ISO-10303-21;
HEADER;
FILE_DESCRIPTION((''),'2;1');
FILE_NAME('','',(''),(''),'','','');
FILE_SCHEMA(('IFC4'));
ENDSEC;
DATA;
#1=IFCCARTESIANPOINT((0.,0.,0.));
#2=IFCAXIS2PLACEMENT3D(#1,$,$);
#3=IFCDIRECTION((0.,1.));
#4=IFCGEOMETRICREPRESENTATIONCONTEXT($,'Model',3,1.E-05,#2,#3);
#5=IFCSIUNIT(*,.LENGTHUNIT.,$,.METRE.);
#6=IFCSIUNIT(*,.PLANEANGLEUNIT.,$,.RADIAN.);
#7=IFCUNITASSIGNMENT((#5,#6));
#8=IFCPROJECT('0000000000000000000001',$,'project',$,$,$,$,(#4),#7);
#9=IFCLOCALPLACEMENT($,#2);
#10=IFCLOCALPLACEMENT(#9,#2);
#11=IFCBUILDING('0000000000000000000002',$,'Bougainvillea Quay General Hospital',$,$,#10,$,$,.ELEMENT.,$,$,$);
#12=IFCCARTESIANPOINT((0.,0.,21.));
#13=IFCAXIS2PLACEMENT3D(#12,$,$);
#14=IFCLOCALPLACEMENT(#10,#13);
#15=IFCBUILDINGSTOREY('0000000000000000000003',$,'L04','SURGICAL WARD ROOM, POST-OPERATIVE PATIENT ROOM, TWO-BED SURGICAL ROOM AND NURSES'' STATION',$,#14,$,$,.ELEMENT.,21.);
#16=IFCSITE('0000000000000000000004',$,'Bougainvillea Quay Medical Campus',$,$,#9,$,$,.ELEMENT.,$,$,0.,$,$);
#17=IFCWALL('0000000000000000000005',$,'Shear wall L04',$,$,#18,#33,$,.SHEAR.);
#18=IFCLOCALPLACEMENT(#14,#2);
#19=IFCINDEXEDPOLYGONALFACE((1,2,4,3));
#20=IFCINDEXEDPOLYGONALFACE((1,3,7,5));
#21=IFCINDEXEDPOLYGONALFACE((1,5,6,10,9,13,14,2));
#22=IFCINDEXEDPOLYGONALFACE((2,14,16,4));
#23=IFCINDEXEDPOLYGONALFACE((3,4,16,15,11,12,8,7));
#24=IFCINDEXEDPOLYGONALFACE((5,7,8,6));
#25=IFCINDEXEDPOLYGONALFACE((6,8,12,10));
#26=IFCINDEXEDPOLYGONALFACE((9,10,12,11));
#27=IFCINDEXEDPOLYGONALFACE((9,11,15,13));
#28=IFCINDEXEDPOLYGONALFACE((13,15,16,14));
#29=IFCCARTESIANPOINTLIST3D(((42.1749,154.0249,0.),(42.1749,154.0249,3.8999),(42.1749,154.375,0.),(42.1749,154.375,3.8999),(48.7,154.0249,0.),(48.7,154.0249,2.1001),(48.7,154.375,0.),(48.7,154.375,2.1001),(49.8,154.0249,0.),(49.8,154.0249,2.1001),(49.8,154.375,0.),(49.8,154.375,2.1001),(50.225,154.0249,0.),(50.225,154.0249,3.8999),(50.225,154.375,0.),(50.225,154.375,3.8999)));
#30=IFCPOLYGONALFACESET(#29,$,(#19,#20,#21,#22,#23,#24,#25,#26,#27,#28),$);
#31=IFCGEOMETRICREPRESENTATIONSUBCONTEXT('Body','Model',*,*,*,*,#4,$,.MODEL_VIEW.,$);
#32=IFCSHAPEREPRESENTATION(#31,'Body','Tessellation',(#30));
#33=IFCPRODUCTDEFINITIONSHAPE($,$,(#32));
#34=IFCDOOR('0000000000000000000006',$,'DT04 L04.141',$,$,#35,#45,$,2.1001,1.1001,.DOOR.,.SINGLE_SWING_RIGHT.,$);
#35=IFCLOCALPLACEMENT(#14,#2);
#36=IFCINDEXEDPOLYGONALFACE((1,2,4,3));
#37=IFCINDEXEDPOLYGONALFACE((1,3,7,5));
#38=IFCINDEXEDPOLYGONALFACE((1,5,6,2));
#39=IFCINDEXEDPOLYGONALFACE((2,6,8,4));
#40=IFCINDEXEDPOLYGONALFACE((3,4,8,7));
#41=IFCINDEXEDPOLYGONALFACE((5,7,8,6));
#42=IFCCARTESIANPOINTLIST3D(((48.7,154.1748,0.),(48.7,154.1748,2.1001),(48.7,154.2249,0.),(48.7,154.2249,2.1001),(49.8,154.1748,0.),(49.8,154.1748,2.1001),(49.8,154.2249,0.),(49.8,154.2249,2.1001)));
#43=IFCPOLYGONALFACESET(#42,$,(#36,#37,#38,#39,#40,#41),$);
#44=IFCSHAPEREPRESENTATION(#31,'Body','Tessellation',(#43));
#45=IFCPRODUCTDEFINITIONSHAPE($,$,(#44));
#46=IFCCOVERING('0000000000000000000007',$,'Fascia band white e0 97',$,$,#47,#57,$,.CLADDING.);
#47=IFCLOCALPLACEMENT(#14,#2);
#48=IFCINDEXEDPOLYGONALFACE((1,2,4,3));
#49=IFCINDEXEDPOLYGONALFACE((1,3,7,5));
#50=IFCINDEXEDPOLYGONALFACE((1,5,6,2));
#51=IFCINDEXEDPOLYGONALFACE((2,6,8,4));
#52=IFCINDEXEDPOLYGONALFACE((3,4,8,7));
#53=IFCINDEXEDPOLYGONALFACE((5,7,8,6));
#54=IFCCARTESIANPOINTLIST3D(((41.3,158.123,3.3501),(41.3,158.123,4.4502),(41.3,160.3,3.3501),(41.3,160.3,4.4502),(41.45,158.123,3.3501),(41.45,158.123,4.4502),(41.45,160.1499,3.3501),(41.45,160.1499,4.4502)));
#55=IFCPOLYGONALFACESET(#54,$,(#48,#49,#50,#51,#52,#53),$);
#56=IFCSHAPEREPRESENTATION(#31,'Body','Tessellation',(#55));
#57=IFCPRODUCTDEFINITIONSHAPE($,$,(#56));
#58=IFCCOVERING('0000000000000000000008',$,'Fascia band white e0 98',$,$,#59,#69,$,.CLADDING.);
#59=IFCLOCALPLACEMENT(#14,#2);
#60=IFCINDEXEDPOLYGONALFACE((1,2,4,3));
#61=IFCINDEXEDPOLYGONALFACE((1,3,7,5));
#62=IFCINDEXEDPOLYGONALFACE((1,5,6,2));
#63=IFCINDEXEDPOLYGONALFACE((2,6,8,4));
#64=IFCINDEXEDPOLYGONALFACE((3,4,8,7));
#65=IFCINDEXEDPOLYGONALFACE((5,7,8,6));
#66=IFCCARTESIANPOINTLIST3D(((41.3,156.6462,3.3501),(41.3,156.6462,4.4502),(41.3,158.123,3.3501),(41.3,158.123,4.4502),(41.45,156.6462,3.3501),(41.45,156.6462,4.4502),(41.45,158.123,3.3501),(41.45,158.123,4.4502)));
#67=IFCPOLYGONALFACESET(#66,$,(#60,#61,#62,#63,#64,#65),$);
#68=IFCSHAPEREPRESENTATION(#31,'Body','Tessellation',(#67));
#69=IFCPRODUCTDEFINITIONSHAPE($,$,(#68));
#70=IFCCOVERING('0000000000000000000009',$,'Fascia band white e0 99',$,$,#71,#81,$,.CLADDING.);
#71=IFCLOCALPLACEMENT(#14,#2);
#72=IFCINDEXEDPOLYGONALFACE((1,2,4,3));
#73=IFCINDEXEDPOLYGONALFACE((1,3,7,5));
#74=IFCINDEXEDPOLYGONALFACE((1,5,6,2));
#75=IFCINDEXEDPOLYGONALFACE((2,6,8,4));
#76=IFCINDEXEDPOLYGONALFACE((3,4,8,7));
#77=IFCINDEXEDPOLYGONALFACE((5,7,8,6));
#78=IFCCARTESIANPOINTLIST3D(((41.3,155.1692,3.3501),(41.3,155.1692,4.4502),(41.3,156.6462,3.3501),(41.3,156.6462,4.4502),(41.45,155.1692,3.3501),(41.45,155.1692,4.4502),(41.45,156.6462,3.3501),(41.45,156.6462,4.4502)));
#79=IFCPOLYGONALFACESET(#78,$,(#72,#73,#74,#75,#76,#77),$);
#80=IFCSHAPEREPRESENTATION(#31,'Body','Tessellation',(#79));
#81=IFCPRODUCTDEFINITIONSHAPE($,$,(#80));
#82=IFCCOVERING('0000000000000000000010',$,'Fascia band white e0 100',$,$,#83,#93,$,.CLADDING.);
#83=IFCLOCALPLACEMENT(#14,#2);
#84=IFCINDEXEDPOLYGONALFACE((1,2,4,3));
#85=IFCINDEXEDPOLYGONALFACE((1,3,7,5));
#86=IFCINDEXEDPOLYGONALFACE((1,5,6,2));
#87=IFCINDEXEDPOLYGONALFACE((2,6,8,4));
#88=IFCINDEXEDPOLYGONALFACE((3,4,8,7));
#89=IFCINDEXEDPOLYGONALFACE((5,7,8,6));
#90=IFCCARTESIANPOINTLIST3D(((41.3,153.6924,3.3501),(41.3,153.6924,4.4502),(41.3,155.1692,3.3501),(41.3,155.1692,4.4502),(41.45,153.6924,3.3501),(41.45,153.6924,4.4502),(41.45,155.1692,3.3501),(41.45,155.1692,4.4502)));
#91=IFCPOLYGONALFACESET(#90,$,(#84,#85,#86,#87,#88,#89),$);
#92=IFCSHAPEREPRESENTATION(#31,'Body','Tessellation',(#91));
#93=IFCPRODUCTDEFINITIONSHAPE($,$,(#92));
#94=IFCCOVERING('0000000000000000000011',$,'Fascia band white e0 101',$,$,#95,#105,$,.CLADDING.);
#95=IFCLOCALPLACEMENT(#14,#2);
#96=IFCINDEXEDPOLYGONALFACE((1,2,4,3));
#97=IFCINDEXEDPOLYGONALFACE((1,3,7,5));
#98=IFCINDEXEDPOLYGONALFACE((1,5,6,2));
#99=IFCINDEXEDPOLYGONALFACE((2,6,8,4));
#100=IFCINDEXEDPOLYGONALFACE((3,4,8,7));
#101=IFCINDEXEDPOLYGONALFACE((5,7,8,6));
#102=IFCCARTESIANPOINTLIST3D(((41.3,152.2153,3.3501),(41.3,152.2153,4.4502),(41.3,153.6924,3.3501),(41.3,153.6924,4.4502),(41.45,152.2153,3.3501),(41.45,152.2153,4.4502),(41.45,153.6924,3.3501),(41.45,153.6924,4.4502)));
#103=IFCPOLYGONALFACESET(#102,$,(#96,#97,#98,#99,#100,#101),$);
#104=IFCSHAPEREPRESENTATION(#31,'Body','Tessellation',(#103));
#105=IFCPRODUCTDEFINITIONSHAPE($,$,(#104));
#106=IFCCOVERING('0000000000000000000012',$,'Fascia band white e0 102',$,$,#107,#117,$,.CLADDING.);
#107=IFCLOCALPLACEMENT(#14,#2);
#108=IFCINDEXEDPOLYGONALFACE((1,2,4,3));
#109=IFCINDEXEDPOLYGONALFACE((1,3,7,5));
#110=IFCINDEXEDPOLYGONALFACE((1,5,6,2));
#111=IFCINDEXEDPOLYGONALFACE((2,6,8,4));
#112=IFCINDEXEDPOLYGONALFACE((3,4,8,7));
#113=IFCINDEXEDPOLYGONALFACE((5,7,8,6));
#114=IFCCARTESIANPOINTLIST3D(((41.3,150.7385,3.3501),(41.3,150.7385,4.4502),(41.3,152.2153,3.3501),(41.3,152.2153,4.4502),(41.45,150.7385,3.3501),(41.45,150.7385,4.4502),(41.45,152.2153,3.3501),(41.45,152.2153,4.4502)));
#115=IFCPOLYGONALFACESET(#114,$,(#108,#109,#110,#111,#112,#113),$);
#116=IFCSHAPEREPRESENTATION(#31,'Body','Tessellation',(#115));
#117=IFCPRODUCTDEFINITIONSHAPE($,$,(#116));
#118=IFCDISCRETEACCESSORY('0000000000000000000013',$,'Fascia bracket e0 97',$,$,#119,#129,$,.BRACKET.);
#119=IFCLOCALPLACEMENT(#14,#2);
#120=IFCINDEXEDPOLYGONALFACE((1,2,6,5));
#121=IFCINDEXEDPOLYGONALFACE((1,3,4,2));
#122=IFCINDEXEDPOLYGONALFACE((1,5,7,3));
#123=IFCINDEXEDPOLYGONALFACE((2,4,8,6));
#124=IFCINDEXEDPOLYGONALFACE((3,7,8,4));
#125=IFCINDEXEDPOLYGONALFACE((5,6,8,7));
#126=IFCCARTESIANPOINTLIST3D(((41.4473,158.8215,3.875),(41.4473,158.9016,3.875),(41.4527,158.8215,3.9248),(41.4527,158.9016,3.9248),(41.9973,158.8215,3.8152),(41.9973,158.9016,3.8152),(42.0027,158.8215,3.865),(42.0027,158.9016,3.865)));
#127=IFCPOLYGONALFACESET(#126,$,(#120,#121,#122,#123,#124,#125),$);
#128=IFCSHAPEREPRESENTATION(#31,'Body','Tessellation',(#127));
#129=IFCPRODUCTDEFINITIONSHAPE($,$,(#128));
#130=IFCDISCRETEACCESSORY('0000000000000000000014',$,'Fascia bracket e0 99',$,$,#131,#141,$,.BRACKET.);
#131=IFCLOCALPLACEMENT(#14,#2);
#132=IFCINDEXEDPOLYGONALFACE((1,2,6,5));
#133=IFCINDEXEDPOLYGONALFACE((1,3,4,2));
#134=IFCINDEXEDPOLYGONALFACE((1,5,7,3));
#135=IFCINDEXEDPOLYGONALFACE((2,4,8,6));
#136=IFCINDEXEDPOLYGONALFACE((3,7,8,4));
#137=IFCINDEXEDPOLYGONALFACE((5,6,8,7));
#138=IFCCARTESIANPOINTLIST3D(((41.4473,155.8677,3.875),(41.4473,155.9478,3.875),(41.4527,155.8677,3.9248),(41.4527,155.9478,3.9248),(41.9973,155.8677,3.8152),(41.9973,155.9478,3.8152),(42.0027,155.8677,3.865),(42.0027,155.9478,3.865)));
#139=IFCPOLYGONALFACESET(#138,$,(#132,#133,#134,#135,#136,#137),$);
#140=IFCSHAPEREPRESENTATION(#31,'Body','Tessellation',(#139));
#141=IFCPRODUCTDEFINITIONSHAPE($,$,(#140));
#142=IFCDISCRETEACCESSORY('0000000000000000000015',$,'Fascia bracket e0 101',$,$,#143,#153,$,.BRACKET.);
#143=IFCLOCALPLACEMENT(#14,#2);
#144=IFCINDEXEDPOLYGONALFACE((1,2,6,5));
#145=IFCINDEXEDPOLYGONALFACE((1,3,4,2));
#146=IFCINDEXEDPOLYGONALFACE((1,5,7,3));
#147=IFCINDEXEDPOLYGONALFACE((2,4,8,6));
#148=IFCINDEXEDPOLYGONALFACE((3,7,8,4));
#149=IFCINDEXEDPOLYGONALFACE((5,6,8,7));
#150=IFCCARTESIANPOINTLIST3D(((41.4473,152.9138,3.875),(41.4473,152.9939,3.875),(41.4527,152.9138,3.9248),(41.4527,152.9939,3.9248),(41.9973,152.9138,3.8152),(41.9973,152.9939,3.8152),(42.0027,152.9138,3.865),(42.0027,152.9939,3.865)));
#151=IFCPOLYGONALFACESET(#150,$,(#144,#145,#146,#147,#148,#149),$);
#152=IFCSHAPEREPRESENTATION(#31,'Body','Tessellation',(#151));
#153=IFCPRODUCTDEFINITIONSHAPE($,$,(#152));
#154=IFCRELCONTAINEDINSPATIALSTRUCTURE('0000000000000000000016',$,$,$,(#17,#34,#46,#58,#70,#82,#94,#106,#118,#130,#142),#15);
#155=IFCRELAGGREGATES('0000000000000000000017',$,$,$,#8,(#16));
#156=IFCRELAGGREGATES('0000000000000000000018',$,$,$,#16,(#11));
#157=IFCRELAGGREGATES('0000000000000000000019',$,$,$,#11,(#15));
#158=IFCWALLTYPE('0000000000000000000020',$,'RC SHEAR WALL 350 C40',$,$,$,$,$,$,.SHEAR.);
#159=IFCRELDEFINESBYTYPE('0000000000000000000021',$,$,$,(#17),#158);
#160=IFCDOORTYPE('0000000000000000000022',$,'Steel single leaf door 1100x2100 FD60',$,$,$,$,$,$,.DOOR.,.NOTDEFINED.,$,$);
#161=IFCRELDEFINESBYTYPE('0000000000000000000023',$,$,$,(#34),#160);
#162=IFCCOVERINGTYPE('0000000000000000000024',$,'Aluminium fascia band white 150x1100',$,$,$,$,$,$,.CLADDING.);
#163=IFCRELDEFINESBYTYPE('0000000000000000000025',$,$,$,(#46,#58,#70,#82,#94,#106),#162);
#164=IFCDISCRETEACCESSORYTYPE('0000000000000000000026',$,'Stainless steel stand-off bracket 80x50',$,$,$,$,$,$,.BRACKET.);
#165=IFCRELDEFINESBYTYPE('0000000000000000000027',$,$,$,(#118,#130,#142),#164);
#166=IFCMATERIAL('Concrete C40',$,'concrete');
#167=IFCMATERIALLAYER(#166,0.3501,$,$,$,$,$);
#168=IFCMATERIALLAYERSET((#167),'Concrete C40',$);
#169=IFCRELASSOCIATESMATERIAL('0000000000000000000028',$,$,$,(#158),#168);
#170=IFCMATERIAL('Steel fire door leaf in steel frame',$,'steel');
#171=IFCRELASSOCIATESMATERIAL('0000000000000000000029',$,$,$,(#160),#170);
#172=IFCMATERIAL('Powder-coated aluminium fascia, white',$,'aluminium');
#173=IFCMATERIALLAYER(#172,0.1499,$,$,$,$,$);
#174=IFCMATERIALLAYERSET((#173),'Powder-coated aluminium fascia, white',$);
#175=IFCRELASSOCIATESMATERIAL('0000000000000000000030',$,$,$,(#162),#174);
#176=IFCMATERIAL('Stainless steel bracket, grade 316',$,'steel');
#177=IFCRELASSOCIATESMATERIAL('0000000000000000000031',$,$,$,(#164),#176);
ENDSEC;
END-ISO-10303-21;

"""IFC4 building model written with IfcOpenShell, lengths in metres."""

from ifc_helpers import new_model, si_unit, direction, frame, frame_2d, origin, origin_2d, place, context, subcontext, project, spatial, polyline, rectangle, outline, extrude, material, layer, layer_set, material_profile, profile_set, type_object, element, fill, save


model = new_model("IFC4")

# Units and contexts
model_context = context("Model", 3, precision=1e-05, world=origin(), true_north=direction((0.0, 1.0)))
body_context = subcontext(model_context, "Body", "Model", "MODEL_VIEW")
ifc_project = project(units=[si_unit("LENGTHUNIT", "METRE"), si_unit("PLANEANGLEUNIT", "RADIAN")], contexts=[model_context])

# Site, building, storey
site_placement = place(None, origin())
site = spatial("IfcSite", under=ifc_project, at=site_placement, Name="Bougainvillea Quay Medical Campus", CompositionType="ELEMENT", RefElevation=0.0)
building_placement = place(site_placement, origin())
building = spatial("IfcBuilding", under=site, at=building_placement, Name="Bougainvillea Quay General Hospital", CompositionType="ELEMENT")
storey_placement = place(building_placement, frame((0.0, 0.0, 21.0)))
storey = spatial("IfcBuildingStorey", under=building, at=storey_placement, Name="L04", Description="SURGICAL WARD ROOM, POST-OPERATIVE PATIENT ROOM, TWO-BED SURGICAL ROOM AND NURSES' STATION", CompositionType="ELEMENT", Elevation=21.0)

# Shared definitions
ifc_material_1 = material(Name="Concrete C40", Category="concrete")

# Shared definitions
ifc_layer_1 = layer(ifc_material_1, 0.3501)
ifc_layer_set_1 = layer_set([ifc_layer_1], Name="Concrete C40")
wall_type = type_object("IfcWallType", Name="RC SHEAR WALL 350 C40", PredefinedType="SHEAR", material=ifc_layer_set_1)

# Wall, opening, door
wall_1_placement = place(storey_placement, frame((42.175, 154.2, 0.0), z_axis=(0.0, 0.0, 1.0), x_axis=(1.0, 0.0, 0.0)))
wall_1 = element("IfcWall", 1, at=wall_1_placement, inside=storey, type_object=wall_type, Name="Shear wall L04", PredefinedType="SHEAR", context=body_context, shape_type="SweptSolid", body=[
    extrude(rectangle(XDim=8.05, YDim=0.3501, at=frame_2d((4.0249, 0.0))), origin(), (0.0, 0.0, 1.0), 3.8999),
])
opening_placement = place(wall_1_placement, frame((6.5249, 0.0, 0.0)))
opening = element("IfcOpeningElement", 2, at=opening_placement, cuts=wall_1, PredefinedType="OPENING", context=body_context, shape_type="SweptSolid", body=[
    extrude(rectangle(XDim=1.1001, YDim=2.1001, at=frame_2d((0.55, 1.05))), frame((0.0, 0.1851, 0.0), z_axis=(0.0, -1.0, 0.0), x_axis=(1.0, 0.0, 0.0)), (0.0, 0.0, 1.0), 0.3701),
])
ifc_material_2 = material(Name="Steel fire door leaf in steel frame", Category="steel")
door_type = type_object("IfcDoorType", Name="Steel single leaf door 1100x2100 FD60", OperationType="NOTDEFINED", PredefinedType="DOOR", material=ifc_material_2)
door_placement = place(opening_placement, origin())
door = element("IfcDoor", 3, at=door_placement, inside=storey, type_object=door_type, Name="DT04 L04.141", OperationType="SINGLE_SWING_RIGHT", OverallHeight=2.1001, OverallWidth=1.1001, PredefinedType="DOOR", context=body_context, shape_type="SweptSolid", body=[
    extrude(rectangle(XDim=1.1001, YDim=2.1001, at=frame_2d((0.55, 1.05))), frame((0.0, 0.0249, 0.0), z_axis=(0.0, -1.0, 0.0), x_axis=(1.0, 0.0, 0.0)), (0.0, 0.0, 1.0), 0.05),
])
fill(opening, door)

# Coverings
ifc_material_3 = material(Name="Powder-coated aluminium fascia, white", Category="aluminium")
ifc_layer_2 = layer(ifc_material_3, 0.1499)
ifc_layer_set_2 = layer_set([ifc_layer_2], Name="Powder-coated aluminium fascia, white")
covering_type = type_object("IfcCoveringType", Name="Aluminium fascia band white 150x1100", PredefinedType="CLADDING", material=ifc_layer_set_2)
covering_1_placement = place(storey_placement, frame((41.45, 160.1499, 3.3501), z_axis=(0.0, 0.0, 1.0), x_axis=(0.0, -1.0, 0.0)))
element("IfcCovering", 4, at=covering_1_placement, inside=storey, type_object=covering_type, Name="Fascia band white e0 97", PredefinedType="CLADDING", context=body_context, shape_type="SweptSolid", body=[
    extrude(outline(polyline([(0.0, 0.0), (2.0269, 0.0), (2.0269, -0.1499), (-0.1501, -0.1499), (0.0, 0.0)])), origin(), (0.0, 0.0, 1.0), 1.1001),
])
covering_2_placement = place(storey_placement, frame((41.45, 158.123, 3.3501), z_axis=(0.0, 0.0, 1.0), x_axis=(0.0, -1.0, 0.0)))
element("IfcCovering", 5, at=covering_2_placement, inside=storey, type_object=covering_type, Name="Fascia band white e0 98", PredefinedType="CLADDING", context=body_context, shape_type="SweptSolid", body=[
    extrude(outline(polyline([(0.0, 0.0), (1.4768, 0.0), (1.4768, -0.1499), (0.0, -0.1499), (0.0, 0.0)])), origin(), (0.0, 0.0, 1.0), 1.1001),
])
covering_3_placement = place(storey_placement, frame((41.45, 156.6462, 3.3501), z_axis=(0.0, 0.0, 1.0), x_axis=(0.0, -1.0, 0.0)))
element("IfcCovering", 6, at=covering_3_placement, inside=storey, type_object=covering_type, Name="Fascia band white e0 99", PredefinedType="CLADDING", context=body_context, shape_type="SweptSolid", body=[
    extrude(outline(polyline([(0.0, 0.0), (1.4771, 0.0), (1.4771, -0.1499), (0.0, -0.1499), (0.0, 0.0)])), origin(), (0.0, 0.0, 1.0), 1.1001),
])
covering_4_placement = place(storey_placement, frame((41.45, 155.1692, 3.3501), z_axis=(0.0, 0.0, 1.0), x_axis=(0.0, -1.0, 0.0)))
element("IfcCovering", 7, at=covering_4_placement, inside=storey, type_object=covering_type, Name="Fascia band white e0 100", PredefinedType="CLADDING", context=body_context, shape_type="SweptSolid", body=[
    extrude(outline(polyline([(0.0, 0.0), (1.4768, 0.0), (1.4768, -0.1499), (0.0, -0.1499), (0.0, 0.0)])), origin(), (0.0, 0.0, 1.0), 1.1001),
])
covering_5_placement = place(storey_placement, frame((41.45, 153.6924, 3.3501), z_axis=(0.0, 0.0, 1.0), x_axis=(0.0, -1.0, 0.0)))
element("IfcCovering", 8, at=covering_5_placement, inside=storey, type_object=covering_type, Name="Fascia band white e0 101", PredefinedType="CLADDING", context=body_context, shape_type="SweptSolid", body=[
    extrude(outline(polyline([(0.0, 0.0), (1.4771, 0.0), (1.4771, -0.1499), (0.0, -0.1499), (0.0, 0.0)])), origin(), (0.0, 0.0, 1.0), 1.1001),
])
covering_6_placement = place(storey_placement, frame((41.45, 152.2153, 3.3501), z_axis=(0.0, 0.0, 1.0), x_axis=(0.0, -1.0, 0.0)))
element("IfcCovering", 9, at=covering_6_placement, inside=storey, type_object=covering_type, Name="Fascia band white e0 102", PredefinedType="CLADDING", context=body_context, shape_type="SweptSolid", body=[
    extrude(outline(polyline([(0.0, 0.0), (1.4768, 0.0), (1.4768, -0.1499), (0.0, -0.1499), (0.0, 0.0)])), origin(), (0.0, 0.0, 1.0), 1.1001),
])

# Discrete accessories
ifc_material_4 = material(Name="Stainless steel bracket, grade 316", Category="steel")
ifc_material_profile_1 = material_profile(ifc_material_4, rectangle(XDim=0.0801, YDim=0.05, at=origin_2d()))
ifc_profile_set_1 = profile_set([ifc_material_profile_1], Name="Stainless steel bracket, grade 316")
discrete_accessory_type = type_object("IfcDiscreteAccessoryType", Name="Stainless steel stand-off bracket 80x50", PredefinedType="BRACKET", material=ifc_profile_set_1)
for number, where, z_axis, x_axis, name in (
    (10, (42.0, 158.8616, 3.8401), (-0.994139, 0.0, 0.108107), (0.0, -1.0, 0.0), "Fascia bracket e0 97"),
    (11, (42.0, 155.9077, 3.8401), (-0.994139, 0.0, 0.108107), (0.0, -1.0, 0.0), "Fascia bracket e0 99"),
    (12, (42.0, 152.9539, 3.8401), (-0.994139, 0.0, 0.108107), (0.0, -1.0, 0.0), "Fascia bracket e0 101"),
):
    element("IfcDiscreteAccessory", number, at=place(storey_placement, frame(where, z_axis=z_axis, x_axis=x_axis)), inside=storey, type_object=discrete_accessory_type, Name=name, PredefinedType="BRACKET", context=body_context, shape_type="SweptSolid", body=[
        extrude(rectangle(XDim=0.0801, YDim=0.05, at=origin_2d()), origin(), (0.0, 0.0, 1.0), 0.5532),
    ])

save(model, "model.ifc")
